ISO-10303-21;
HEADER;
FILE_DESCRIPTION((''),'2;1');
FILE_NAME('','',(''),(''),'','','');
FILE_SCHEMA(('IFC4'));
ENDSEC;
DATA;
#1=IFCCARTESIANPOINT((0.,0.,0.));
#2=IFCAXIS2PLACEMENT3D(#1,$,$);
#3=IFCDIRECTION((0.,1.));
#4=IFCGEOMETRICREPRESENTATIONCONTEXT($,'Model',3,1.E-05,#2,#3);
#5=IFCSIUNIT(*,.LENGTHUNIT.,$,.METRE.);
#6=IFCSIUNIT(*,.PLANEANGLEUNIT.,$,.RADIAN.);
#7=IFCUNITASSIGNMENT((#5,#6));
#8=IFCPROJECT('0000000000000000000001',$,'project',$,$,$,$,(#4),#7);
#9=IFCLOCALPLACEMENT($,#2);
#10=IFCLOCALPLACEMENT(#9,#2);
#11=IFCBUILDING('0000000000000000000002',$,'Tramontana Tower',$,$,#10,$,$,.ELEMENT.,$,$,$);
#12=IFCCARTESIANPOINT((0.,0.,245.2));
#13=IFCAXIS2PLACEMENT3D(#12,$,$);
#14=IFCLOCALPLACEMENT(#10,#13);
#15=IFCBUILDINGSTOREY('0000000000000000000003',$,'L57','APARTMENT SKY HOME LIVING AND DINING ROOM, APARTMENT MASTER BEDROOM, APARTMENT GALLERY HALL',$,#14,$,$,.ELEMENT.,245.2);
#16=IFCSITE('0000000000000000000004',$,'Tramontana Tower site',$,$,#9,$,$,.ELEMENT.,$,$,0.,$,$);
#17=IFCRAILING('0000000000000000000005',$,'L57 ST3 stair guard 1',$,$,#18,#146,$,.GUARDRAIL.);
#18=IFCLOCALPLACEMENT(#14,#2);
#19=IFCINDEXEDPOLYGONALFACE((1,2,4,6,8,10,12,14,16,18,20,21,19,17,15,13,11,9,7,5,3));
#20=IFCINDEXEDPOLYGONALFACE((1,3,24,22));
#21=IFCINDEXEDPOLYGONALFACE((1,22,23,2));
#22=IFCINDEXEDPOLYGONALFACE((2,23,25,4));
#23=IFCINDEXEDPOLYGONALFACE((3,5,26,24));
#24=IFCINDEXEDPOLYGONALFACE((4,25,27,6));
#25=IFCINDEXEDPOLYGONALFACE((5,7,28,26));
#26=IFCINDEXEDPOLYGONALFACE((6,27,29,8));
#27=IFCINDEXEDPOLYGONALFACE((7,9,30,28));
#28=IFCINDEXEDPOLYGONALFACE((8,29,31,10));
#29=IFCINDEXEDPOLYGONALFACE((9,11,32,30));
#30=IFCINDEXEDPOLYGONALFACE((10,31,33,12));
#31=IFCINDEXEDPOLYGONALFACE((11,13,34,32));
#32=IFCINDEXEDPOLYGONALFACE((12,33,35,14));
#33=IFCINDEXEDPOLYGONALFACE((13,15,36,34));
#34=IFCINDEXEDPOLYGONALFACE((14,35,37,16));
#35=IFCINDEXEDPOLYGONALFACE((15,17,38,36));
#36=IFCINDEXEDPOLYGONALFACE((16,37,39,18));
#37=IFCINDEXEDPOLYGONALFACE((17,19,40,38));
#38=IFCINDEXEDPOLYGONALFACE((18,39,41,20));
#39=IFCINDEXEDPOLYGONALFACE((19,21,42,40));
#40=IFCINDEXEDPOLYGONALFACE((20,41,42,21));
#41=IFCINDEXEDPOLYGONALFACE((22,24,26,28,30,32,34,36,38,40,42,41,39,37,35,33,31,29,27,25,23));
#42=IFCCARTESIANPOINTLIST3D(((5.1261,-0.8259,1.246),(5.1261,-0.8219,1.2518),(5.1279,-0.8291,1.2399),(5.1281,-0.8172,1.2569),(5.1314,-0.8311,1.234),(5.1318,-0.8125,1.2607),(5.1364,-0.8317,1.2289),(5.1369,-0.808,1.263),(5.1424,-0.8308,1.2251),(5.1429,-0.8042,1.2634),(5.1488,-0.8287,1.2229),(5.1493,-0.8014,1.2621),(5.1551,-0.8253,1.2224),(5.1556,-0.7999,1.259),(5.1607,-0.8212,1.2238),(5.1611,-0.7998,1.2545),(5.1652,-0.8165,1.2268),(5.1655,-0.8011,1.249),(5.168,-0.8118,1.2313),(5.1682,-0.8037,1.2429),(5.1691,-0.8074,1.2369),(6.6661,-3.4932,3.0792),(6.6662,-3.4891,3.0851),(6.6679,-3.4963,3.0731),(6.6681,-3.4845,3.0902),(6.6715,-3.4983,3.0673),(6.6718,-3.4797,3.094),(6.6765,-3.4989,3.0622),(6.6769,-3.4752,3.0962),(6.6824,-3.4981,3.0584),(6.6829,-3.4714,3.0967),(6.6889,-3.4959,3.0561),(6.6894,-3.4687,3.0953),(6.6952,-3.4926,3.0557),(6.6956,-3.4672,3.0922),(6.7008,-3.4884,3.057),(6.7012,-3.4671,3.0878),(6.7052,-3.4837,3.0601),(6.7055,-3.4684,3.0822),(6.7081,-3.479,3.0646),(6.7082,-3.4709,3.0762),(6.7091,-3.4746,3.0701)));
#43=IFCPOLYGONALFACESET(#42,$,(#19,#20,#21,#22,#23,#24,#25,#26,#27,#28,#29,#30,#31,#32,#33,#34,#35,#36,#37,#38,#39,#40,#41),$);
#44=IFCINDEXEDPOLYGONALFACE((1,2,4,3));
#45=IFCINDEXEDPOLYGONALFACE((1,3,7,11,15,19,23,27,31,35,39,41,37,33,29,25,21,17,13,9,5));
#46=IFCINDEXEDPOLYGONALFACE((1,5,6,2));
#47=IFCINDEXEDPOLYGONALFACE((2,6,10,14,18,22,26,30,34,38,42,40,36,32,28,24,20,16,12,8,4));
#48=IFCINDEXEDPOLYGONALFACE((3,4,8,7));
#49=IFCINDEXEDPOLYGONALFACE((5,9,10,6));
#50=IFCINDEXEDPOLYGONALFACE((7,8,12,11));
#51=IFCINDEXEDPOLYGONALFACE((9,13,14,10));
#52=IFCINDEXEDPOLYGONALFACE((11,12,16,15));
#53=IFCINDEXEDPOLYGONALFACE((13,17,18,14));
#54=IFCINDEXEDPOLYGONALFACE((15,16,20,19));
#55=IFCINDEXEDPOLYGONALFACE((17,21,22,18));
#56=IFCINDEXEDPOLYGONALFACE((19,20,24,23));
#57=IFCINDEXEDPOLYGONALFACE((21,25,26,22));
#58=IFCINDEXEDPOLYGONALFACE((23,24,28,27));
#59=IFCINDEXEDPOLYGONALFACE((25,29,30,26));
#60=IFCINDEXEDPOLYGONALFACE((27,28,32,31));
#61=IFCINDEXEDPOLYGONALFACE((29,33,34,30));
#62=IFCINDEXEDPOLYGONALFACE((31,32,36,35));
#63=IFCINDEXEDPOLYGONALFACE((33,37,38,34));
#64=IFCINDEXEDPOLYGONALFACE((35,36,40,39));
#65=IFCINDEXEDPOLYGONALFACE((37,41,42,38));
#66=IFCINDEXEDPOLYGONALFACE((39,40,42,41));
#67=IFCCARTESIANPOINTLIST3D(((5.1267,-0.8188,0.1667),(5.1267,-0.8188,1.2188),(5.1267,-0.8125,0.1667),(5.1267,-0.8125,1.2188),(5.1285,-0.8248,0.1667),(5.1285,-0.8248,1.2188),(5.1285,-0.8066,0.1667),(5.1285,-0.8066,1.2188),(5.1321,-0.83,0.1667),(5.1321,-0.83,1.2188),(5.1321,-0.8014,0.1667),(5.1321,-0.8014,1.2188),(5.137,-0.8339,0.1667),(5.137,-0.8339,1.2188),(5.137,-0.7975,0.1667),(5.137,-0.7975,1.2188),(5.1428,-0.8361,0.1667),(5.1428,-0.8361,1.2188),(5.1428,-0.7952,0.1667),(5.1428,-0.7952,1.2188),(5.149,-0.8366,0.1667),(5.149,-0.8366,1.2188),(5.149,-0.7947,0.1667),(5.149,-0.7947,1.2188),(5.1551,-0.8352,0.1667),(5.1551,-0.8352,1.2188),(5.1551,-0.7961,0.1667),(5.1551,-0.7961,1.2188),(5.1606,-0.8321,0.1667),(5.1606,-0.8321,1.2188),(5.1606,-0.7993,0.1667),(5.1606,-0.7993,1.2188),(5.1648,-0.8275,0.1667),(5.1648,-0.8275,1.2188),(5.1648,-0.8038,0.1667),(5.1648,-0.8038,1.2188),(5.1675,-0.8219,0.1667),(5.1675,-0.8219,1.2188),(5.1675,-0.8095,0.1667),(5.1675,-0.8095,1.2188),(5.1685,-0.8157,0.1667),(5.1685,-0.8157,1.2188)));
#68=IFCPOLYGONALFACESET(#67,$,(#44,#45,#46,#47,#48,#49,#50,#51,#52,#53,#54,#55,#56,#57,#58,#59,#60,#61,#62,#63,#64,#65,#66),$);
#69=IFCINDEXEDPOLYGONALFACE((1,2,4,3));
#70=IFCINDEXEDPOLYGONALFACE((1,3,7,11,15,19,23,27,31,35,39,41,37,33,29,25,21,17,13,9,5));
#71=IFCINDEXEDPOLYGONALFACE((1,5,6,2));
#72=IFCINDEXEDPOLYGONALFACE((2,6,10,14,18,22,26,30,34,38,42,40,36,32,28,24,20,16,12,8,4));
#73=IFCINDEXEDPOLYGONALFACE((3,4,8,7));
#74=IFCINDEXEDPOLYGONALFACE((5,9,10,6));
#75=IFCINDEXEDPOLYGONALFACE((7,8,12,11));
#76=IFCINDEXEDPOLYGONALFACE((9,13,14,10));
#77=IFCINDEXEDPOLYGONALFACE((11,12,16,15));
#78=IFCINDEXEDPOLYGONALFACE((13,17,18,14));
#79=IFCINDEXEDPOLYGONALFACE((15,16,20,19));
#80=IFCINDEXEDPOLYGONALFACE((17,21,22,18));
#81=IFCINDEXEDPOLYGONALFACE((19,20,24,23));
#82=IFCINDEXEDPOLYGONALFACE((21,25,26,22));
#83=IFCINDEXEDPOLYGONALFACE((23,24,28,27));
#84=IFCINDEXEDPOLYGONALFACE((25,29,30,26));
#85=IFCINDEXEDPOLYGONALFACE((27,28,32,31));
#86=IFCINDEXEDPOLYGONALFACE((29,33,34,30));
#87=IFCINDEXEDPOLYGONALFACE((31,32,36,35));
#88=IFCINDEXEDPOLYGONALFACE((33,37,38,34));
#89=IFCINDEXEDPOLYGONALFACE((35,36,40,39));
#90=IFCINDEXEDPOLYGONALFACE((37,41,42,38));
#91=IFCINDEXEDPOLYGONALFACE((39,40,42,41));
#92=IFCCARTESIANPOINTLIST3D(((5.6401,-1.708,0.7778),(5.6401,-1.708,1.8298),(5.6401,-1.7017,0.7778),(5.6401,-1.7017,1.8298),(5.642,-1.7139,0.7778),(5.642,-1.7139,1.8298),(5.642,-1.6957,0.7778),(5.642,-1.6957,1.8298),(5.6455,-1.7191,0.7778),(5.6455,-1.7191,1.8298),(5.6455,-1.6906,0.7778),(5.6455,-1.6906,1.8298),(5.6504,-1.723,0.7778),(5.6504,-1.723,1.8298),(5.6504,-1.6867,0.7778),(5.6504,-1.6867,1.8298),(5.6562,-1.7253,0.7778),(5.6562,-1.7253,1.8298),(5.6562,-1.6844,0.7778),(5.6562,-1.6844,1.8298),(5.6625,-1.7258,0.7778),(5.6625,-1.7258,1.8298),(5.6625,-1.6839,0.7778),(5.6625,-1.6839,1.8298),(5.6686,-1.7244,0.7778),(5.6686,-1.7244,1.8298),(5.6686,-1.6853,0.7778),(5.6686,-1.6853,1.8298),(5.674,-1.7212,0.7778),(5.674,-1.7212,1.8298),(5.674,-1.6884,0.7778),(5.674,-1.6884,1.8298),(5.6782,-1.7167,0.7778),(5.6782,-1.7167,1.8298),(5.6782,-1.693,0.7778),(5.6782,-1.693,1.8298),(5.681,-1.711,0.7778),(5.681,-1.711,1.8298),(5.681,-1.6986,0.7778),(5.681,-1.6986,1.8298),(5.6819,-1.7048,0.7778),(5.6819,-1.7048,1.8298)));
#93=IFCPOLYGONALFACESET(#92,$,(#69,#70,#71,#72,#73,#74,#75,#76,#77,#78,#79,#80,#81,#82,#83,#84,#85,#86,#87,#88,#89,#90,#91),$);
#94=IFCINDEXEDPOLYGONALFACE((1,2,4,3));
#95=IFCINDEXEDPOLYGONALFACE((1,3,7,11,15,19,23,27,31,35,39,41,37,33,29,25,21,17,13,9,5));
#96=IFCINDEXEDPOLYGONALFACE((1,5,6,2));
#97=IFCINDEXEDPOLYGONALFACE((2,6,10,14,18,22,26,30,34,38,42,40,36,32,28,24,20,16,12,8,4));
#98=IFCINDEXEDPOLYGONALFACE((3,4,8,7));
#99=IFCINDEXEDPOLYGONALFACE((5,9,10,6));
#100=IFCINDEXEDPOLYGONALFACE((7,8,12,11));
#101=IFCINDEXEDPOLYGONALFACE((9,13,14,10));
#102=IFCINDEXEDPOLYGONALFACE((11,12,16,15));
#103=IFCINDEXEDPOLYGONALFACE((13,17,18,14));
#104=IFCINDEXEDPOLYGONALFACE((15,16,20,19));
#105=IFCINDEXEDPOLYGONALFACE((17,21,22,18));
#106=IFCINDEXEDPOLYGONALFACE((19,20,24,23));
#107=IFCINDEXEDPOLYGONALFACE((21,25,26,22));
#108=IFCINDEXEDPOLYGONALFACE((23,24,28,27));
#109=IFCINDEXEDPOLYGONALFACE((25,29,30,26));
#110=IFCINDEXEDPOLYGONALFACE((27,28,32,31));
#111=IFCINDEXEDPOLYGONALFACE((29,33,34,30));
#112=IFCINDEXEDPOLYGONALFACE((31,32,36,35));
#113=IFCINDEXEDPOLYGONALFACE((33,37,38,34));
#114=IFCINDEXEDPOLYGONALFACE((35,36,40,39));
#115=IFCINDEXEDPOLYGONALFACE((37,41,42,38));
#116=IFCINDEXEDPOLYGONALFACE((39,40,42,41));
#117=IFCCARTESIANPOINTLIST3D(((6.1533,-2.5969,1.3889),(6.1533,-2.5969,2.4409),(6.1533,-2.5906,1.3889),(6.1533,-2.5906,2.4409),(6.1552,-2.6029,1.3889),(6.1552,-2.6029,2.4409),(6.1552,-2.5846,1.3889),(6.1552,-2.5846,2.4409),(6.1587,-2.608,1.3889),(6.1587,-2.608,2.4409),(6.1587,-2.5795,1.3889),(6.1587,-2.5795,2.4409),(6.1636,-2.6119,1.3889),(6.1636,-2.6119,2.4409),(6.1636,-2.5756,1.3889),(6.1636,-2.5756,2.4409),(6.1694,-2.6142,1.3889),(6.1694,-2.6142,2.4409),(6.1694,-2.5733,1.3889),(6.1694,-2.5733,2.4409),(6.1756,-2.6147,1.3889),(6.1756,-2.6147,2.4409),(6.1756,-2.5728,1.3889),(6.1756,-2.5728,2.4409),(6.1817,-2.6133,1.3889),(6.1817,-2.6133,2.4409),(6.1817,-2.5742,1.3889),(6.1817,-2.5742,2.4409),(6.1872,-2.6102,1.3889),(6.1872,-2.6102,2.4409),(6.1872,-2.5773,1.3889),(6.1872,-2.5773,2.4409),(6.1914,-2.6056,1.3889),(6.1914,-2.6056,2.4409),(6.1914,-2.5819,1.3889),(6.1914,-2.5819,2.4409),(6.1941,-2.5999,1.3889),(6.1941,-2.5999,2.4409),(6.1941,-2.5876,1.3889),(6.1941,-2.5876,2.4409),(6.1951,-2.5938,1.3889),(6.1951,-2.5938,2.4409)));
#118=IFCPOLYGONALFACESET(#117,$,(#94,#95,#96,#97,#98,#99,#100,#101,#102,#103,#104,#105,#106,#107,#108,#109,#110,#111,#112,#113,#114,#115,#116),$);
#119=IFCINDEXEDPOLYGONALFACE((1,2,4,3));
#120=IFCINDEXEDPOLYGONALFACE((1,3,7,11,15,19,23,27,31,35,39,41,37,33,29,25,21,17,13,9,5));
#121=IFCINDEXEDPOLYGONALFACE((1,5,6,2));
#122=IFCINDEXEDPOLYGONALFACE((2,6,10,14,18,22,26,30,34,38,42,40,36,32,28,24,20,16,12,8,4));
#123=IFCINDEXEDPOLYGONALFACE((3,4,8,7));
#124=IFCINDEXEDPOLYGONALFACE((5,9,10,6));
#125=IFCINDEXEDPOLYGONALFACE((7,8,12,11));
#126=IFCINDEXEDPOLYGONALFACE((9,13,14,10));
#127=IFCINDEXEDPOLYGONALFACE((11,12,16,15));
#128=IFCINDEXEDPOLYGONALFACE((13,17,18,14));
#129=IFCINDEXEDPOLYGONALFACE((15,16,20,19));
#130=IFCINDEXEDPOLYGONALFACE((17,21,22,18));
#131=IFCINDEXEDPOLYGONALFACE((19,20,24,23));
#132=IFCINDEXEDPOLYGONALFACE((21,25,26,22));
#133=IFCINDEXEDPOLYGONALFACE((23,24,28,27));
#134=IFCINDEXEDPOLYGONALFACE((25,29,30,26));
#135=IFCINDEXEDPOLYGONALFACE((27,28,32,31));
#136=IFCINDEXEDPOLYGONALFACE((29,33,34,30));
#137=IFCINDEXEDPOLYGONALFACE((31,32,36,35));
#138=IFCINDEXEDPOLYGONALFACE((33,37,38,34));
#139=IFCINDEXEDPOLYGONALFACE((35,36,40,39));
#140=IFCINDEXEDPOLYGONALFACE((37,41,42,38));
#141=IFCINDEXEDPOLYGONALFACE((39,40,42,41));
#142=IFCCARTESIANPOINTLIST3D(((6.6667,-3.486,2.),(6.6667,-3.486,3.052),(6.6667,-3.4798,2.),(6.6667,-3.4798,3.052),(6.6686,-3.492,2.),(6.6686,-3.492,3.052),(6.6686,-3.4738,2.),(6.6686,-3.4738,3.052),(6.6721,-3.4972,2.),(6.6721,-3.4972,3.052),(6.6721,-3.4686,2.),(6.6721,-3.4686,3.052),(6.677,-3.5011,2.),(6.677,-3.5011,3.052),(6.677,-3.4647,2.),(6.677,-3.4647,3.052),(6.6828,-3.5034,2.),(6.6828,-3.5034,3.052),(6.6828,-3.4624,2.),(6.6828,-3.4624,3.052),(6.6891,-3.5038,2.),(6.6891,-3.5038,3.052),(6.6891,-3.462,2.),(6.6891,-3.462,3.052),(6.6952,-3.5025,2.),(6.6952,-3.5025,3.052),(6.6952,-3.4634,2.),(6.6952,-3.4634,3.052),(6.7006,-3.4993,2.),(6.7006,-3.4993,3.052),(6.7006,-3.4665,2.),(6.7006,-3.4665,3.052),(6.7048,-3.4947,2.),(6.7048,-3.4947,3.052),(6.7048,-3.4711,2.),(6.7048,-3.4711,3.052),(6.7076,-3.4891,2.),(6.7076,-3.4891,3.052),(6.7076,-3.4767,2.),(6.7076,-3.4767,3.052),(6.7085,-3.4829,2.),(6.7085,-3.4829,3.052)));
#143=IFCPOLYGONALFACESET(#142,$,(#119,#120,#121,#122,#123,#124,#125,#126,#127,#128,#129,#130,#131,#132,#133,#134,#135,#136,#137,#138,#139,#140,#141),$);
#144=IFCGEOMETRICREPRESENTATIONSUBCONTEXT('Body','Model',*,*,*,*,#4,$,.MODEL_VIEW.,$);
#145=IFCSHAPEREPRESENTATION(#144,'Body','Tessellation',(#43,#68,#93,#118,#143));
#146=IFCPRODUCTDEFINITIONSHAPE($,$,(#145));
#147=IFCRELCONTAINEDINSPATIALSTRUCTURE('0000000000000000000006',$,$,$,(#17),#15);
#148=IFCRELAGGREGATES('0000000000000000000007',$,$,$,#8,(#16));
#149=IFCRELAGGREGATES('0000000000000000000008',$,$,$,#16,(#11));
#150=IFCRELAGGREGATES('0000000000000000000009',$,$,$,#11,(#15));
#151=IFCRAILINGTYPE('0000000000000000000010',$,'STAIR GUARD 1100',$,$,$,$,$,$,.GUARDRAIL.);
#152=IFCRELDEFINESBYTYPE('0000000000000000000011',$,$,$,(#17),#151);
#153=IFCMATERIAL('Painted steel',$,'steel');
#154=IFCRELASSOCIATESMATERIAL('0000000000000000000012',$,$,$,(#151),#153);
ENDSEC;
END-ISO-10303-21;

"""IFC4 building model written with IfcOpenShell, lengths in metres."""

from ifc_helpers import new_model, si_unit, direction, frame, origin, origin_2d, place, context, subcontext, project, spatial, circle, extrude, material, type_object, element, save


model = new_model("IFC4")

# Units and contexts
model_context = context("Model", 3, precision=1e-05, world=origin(), true_north=direction((0.0, 1.0)))
body_context = subcontext(model_context, "Body", "Model", "MODEL_VIEW")
ifc_project = project(units=[si_unit("LENGTHUNIT", "METRE"), si_unit("PLANEANGLEUNIT", "RADIAN")], contexts=[model_context])

# Site, building, storey
site_placement = place(None, origin())
site = spatial("IfcSite", under=ifc_project, at=site_placement, Name="Tramontana Tower site", CompositionType="ELEMENT", RefElevation=0.0)
building_placement = place(site_placement, origin())
building = spatial("IfcBuilding", under=site, at=building_placement, Name="Tramontana Tower", CompositionType="ELEMENT")
storey_placement = place(building_placement, frame((0.0, 0.0, 245.2)))
storey = spatial("IfcBuildingStorey", under=building, at=storey_placement, Name="L57", Description="APARTMENT SKY HOME LIVING AND DINING ROOM, APARTMENT MASTER BEDROOM, APARTMENT GALLERY HALL", CompositionType="ELEMENT", Elevation=245.2)

# Railing
ifc_material_1 = material(Name="Painted steel", Category="steel")
railing_type_1 = type_object("IfcRailingType", Name="STAIR GUARD 1100", PredefinedType="GUARDRAIL", material=ifc_material_1)
railing_1_placement = place(storey_placement, frame((5.1475, -0.8157, 0.1667)))
element("IfcRailing", 1, at=railing_1_placement, inside=storey, type_object=railing_type_1, Name="L57 ST3 stair guard 1", PredefinedType="GUARDRAIL", context=body_context, shape_type="SweptSolid", body=[
    extrude(circle(Radius=0.0239, at=origin_2d()), frame((0.0, 0.0, 1.0762), z_axis=(0.429671, -0.744159, 0.511478), x_axis=(0.86601, 0.500027, 0.0)), (0.0, 0.0, 1.0), 3.5842),
    extrude(circle(Radius=0.021, at=origin_2d()), origin(), (0.0, 0.0, 1.0), 1.052),
    extrude(circle(Radius=0.021, at=origin_2d()), frame((0.5134, -0.8892, 0.6111)), (0.0, 0.0, 1.0), 1.052),
    extrude(circle(Radius=0.021, at=origin_2d()), frame((1.0266, -1.7781, 1.2222)), (0.0, 0.0, 1.0), 1.052),
    extrude(circle(Radius=0.021, at=origin_2d()), frame((1.54, -2.6672, 1.8333)), (0.0, 0.0, 1.0), 1.052),
])

save(model, "model.ifc")
